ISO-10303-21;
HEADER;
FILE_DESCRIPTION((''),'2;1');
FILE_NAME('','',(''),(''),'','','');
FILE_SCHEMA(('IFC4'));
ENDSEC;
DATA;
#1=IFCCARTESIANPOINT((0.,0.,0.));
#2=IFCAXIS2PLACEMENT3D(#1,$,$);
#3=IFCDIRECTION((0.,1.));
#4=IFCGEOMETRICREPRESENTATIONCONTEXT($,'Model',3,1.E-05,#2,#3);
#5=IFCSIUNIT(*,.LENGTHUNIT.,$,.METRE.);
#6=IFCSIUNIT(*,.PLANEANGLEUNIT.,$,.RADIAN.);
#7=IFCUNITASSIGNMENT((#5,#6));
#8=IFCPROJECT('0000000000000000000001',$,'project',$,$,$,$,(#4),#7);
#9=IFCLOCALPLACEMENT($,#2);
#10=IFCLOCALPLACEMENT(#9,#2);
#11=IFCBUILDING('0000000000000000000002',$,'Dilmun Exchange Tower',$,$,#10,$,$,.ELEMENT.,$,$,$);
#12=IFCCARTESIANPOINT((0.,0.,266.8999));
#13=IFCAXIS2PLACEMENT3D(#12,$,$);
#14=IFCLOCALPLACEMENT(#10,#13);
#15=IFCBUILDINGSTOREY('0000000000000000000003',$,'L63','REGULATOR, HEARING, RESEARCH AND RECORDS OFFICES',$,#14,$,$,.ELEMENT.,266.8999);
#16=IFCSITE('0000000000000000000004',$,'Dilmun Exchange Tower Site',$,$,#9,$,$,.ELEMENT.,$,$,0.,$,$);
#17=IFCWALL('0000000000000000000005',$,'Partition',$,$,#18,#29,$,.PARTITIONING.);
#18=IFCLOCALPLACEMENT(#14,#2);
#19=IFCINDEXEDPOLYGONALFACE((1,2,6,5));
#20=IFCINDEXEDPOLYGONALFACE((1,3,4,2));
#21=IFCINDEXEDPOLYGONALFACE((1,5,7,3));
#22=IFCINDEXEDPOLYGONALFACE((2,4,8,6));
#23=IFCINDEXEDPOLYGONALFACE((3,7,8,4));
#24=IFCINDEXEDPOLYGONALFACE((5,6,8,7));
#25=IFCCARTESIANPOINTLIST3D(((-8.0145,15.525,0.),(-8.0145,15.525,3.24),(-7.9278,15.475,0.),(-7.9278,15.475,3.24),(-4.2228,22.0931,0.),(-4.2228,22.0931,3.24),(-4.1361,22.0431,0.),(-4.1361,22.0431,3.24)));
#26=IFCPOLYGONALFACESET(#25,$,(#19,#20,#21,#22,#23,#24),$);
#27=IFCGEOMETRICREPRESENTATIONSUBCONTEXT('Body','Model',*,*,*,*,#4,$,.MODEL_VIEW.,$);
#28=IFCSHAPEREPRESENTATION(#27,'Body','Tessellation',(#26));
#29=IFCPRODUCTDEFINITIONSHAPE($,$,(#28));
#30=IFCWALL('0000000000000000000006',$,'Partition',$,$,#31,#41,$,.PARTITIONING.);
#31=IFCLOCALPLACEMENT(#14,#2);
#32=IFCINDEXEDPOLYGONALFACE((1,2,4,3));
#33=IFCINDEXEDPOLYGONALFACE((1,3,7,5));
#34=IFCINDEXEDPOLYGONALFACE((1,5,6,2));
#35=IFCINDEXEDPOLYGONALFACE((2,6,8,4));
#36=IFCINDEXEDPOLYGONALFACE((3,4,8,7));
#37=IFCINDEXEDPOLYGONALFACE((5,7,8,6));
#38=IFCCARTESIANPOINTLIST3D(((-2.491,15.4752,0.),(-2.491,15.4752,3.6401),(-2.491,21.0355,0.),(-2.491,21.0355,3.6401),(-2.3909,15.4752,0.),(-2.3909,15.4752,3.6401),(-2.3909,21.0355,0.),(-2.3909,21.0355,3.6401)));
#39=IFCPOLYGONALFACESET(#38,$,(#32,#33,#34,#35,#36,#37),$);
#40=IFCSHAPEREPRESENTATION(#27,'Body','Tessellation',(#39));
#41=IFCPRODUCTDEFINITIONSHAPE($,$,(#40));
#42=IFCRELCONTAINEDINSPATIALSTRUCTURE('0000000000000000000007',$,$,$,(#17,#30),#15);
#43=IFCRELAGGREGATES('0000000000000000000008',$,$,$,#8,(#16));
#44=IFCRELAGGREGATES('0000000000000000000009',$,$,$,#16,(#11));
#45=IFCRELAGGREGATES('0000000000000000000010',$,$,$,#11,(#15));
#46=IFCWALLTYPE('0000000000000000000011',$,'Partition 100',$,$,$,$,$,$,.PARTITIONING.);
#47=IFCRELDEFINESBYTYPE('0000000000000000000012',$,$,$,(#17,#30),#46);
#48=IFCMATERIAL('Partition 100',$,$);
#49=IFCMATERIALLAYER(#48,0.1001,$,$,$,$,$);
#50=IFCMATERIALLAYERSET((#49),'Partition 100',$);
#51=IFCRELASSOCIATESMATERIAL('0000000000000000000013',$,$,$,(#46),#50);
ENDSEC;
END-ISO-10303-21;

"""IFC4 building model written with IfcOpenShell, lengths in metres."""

from ifc_helpers import new_model, si_unit, direction, frame, frame_2d, origin, place, context, subcontext, project, spatial, rectangle, extrude, material, layer, layer_set, type_object, element, save


model = new_model("IFC4")

# Units and contexts
model_context = context("Model", 3, precision=1e-05, world=origin(), true_north=direction((0.0, 1.0)))
body_context = subcontext(model_context, "Body", "Model", "MODEL_VIEW")
ifc_project = project(units=[si_unit("LENGTHUNIT", "METRE"), si_unit("PLANEANGLEUNIT", "RADIAN")], contexts=[model_context])

# Site, building, storey
site_placement = place(None, origin())
site = spatial("IfcSite", under=ifc_project, at=site_placement, Name="Dilmun Exchange Tower Site", CompositionType="ELEMENT", RefElevation=0.0)
building_placement = place(site_placement, origin())
building = spatial("IfcBuilding", under=site, at=building_placement, Name="Dilmun Exchange Tower", CompositionType="ELEMENT")
storey_placement = place(building_placement, frame((0.0, 0.0, 266.8999)))
storey = spatial("IfcBuildingStorey", under=building, at=storey_placement, Name="L63", Description="REGULATOR, HEARING, RESEARCH AND RECORDS OFFICES", CompositionType="ELEMENT", Elevation=266.8999)

# Walls
ifc_material_1 = material(Name="Partition 100")
ifc_layer_1 = layer(ifc_material_1, 0.1001)
ifc_layer_set_1 = layer_set([ifc_layer_1], Name="Partition 100")
wall_type_1 = type_object("IfcWallType", Name="Partition 100", PredefinedType="PARTITIONING", material=ifc_layer_set_1)
wall_1_placement = place(storey_placement, frame((-7.9712, 15.5, 0.0), z_axis=(0.0, 0.0, 1.0), x_axis=(0.499965, 0.866046, 0.0)))
element("IfcWall", 1, at=wall_1_placement, inside=storey, type_object=wall_type_1, Name="Partition", PredefinedType="PARTITIONING", context=body_context, shape_type="SweptSolid", body=[
    extrude(rectangle(XDim=7.584, YDim=0.1001, at=frame_2d((3.792, 0.0))), origin(), (0.0, 0.0, 1.0), 3.24),
])
wall_2_placement = place(storey_placement, frame((-2.4409, 15.4751, 0.0), z_axis=(0.0, 0.0, 1.0), x_axis=(0.0, 1.0, 0.0)))
element("IfcWall", 2, at=wall_2_placement, inside=storey, type_object=wall_type_1, Name="Partition", PredefinedType="PARTITIONING", context=body_context, shape_type="SweptSolid", body=[
    extrude(rectangle(XDim=5.5603, YDim=0.1001, at=frame_2d((2.7803, 0.0))), origin(), (0.0, 0.0, 1.0), 3.6401),
])

save(model, "model.ifc")
